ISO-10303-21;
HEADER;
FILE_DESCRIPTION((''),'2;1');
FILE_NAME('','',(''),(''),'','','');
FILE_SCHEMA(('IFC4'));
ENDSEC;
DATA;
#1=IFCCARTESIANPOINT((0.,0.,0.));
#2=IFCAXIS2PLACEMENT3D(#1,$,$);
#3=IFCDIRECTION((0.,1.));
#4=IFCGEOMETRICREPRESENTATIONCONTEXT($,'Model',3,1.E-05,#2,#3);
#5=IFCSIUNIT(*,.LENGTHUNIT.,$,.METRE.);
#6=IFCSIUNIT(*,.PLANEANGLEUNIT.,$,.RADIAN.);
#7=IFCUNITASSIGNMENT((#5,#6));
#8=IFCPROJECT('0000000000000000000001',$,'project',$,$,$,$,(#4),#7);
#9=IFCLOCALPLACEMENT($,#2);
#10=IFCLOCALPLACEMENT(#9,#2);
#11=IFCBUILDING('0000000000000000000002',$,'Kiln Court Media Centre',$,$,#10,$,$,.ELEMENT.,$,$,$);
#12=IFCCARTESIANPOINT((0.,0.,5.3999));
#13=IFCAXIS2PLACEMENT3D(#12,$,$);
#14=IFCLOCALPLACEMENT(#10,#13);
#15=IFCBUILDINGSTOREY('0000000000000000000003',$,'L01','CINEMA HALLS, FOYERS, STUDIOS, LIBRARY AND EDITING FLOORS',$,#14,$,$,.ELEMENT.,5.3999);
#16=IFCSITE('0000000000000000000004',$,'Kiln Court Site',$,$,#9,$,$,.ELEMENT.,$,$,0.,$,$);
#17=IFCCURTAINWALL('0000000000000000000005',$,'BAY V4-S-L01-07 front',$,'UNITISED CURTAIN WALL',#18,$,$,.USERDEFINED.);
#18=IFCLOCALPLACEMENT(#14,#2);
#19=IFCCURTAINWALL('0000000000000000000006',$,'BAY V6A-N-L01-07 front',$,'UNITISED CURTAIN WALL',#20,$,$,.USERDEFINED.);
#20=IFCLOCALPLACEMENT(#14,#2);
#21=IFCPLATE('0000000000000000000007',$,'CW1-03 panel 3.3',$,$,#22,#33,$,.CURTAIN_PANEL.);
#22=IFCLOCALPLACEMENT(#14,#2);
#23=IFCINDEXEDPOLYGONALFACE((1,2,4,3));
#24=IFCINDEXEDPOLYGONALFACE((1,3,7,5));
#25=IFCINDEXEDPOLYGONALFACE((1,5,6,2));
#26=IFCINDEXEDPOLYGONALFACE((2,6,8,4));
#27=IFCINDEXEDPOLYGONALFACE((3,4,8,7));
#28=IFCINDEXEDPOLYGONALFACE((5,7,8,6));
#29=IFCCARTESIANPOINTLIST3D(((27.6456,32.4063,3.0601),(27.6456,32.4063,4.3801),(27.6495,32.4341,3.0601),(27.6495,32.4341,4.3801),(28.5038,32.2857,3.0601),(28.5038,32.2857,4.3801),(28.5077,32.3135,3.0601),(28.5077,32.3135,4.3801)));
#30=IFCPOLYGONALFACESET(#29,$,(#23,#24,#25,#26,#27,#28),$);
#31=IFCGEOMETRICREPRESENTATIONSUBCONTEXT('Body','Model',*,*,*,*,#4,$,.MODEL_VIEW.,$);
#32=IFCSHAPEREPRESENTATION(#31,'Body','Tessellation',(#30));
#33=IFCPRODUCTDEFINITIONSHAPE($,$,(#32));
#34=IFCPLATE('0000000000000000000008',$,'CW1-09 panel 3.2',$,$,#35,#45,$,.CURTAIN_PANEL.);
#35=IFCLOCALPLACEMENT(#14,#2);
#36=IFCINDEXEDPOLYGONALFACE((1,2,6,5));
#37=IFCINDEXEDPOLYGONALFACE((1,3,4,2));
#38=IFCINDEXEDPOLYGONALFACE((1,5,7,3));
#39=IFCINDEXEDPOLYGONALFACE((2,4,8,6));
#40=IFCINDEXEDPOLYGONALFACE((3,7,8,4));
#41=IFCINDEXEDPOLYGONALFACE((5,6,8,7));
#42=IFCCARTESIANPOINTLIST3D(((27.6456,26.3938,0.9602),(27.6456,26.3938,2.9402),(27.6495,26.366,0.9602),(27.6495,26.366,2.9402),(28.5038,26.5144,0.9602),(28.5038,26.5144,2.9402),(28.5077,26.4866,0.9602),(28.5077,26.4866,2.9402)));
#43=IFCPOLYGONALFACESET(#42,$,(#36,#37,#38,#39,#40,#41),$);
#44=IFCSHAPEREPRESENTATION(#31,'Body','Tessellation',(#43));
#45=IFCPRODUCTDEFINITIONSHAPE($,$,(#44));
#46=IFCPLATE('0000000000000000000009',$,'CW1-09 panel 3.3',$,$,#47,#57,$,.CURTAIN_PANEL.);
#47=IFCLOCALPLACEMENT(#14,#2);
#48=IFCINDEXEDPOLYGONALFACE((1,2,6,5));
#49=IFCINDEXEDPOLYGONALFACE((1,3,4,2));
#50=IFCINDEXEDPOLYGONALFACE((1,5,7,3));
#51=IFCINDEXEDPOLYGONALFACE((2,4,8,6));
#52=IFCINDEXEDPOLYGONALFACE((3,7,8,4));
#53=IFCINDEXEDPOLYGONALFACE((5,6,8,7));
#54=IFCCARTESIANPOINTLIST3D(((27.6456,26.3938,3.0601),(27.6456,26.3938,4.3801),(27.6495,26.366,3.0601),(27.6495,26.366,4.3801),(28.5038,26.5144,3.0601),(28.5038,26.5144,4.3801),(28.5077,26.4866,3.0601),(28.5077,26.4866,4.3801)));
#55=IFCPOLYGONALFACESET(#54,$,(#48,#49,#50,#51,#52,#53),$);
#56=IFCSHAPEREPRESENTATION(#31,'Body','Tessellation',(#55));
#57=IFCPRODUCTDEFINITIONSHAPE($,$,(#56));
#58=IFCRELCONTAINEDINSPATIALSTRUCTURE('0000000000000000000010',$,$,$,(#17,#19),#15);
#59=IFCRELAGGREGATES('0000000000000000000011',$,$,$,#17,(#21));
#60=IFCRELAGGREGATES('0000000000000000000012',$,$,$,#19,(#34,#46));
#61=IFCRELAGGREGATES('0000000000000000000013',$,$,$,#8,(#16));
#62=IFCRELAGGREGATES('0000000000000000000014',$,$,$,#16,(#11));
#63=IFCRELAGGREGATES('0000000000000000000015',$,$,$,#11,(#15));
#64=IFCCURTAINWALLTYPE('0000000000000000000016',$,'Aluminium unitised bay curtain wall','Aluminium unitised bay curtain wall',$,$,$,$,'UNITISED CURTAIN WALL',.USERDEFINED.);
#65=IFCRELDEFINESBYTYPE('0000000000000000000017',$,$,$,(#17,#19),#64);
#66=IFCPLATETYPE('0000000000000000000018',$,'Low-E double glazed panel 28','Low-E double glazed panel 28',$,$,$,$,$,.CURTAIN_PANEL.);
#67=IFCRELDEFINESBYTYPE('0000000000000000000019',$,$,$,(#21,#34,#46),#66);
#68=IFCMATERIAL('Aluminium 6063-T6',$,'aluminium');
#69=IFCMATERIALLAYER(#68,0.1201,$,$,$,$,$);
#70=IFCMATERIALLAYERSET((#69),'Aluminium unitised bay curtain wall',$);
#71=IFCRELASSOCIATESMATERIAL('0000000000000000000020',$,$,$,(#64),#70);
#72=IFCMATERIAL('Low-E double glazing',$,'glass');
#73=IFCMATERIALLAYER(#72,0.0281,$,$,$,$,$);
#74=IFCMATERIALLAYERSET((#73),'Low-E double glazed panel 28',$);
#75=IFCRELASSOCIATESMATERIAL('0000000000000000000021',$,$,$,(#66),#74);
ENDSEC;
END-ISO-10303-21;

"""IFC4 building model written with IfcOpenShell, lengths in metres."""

from ifc_helpers import new_model, si_unit, direction, frame, origin, origin_2d, place, context, subcontext, project, spatial, rectangle, extrude, material, layer, layer_set, type_object, element, aggregate, save


model = new_model("IFC4")

# Units and contexts
model_context = context("Model", 3, precision=1e-05, world=origin(), true_north=direction((0.0, 1.0)))
body_context = subcontext(model_context, "Body", "Model", "MODEL_VIEW")
ifc_project = project(units=[si_unit("LENGTHUNIT", "METRE"), si_unit("PLANEANGLEUNIT", "RADIAN")], contexts=[model_context])

# Site, building, storey
site_placement = place(None, origin())
site = spatial("IfcSite", under=ifc_project, at=site_placement, Name="Kiln Court Site", CompositionType="ELEMENT", RefElevation=0.0)
building_placement = place(site_placement, origin())
building = spatial("IfcBuilding", under=site, at=building_placement, Name="Kiln Court Media Centre", CompositionType="ELEMENT")
storey_placement = place(building_placement, frame((0.0, 0.0, 5.3999)))
storey = spatial("IfcBuildingStorey", under=building, at=storey_placement, Name="L01", Description="CINEMA HALLS, FOYERS, STUDIOS, LIBRARY AND EDITING FLOORS", CompositionType="ELEMENT", Elevation=5.3999)

# Curtain walls
ifc_material_1 = material(Name="Aluminium 6063-T6", Category="aluminium")
ifc_layer_1 = layer(ifc_material_1, 0.1201)
ifc_layer_set_1 = layer_set([ifc_layer_1], Name="Aluminium unitised bay curtain wall")
curtain_wall_type = type_object("IfcCurtainWallType", Name="Aluminium unitised bay curtain wall", Description="Aluminium unitised bay curtain wall", ElementType="UNITISED CURTAIN WALL", PredefinedType="USERDEFINED", material=ifc_layer_set_1)
curtain_wall_1_placement = place(storey_placement, origin())
curtain_wall_1 = element("IfcCurtainWall", 1, at=curtain_wall_1_placement, inside=storey, type_object=curtain_wall_type, Name="BAY V4-S-L01-07 front", ObjectType="UNITISED CURTAIN WALL", PredefinedType="USERDEFINED")
curtain_wall_2_placement = place(storey_placement, origin())
curtain_wall_2 = element("IfcCurtainWall", 2, at=curtain_wall_2_placement, inside=storey, type_object=curtain_wall_type, Name="BAY V6A-N-L01-07 front", ObjectType="UNITISED CURTAIN WALL", PredefinedType="USERDEFINED")

# Plates
ifc_material_2 = material(Name="Low-E double glazing", Category="glass")
ifc_layer_2 = layer(ifc_material_2, 0.0281)
ifc_layer_set_2 = layer_set([ifc_layer_2], Name="Low-E double glazed panel 28")
plate_type_1 = type_object("IfcPlateType", Name="Low-E double glazed panel 28", Description="Low-E double glazed panel 28", PredefinedType="CURTAIN_PANEL", material=ifc_layer_set_2)
plate_1_placement = place(storey_placement, frame((28.0767, 32.3599, 3.0601), z_axis=(0.0, 0.0, 1.0), x_axis=(0.99027, -0.139162, 0.0)))
plate_1 = element("IfcPlate", 3, at=plate_1_placement, type_object=plate_type_1, Name="CW1-03 panel 3.3", PredefinedType="CURTAIN_PANEL", context=body_context, shape_type="SweptSolid", body=[
    extrude(rectangle(XDim=0.8667, YDim=0.0281, at=origin_2d()), origin(), (0.0, 0.0, 1.0), 1.3201),
])
aggregate(curtain_wall_1, [plate_1])
plate_2_placement = place(storey_placement, frame((28.0767, 26.4402, 0.9602), z_axis=(0.0, 0.0, 1.0), x_axis=(0.99027, 0.139162, 0.0)))
plate_2 = element("IfcPlate", 4, at=plate_2_placement, type_object=plate_type_1, Name="CW1-09 panel 3.2", PredefinedType="CURTAIN_PANEL", context=body_context, shape_type="SweptSolid", body=[
    extrude(rectangle(XDim=0.8667, YDim=0.0281, at=origin_2d()), origin(), (0.0, 0.0, 1.0), 1.98),
])
plate_3_placement = place(storey_placement, frame((28.0767, 26.4402, 3.0601), z_axis=(0.0, 0.0, 1.0), x_axis=(0.99027, 0.139162, 0.0)))
plate_3 = element("IfcPlate", 5, at=plate_3_placement, type_object=plate_type_1, Name="CW1-09 panel 3.3", PredefinedType="CURTAIN_PANEL", context=body_context, shape_type="SweptSolid", body=[
    extrude(rectangle(XDim=0.8667, YDim=0.0281, at=origin_2d()), origin(), (0.0, 0.0, 1.0), 1.3201),
])
aggregate(curtain_wall_2, [plate_2, plate_3])

save(model, "model.ifc")
